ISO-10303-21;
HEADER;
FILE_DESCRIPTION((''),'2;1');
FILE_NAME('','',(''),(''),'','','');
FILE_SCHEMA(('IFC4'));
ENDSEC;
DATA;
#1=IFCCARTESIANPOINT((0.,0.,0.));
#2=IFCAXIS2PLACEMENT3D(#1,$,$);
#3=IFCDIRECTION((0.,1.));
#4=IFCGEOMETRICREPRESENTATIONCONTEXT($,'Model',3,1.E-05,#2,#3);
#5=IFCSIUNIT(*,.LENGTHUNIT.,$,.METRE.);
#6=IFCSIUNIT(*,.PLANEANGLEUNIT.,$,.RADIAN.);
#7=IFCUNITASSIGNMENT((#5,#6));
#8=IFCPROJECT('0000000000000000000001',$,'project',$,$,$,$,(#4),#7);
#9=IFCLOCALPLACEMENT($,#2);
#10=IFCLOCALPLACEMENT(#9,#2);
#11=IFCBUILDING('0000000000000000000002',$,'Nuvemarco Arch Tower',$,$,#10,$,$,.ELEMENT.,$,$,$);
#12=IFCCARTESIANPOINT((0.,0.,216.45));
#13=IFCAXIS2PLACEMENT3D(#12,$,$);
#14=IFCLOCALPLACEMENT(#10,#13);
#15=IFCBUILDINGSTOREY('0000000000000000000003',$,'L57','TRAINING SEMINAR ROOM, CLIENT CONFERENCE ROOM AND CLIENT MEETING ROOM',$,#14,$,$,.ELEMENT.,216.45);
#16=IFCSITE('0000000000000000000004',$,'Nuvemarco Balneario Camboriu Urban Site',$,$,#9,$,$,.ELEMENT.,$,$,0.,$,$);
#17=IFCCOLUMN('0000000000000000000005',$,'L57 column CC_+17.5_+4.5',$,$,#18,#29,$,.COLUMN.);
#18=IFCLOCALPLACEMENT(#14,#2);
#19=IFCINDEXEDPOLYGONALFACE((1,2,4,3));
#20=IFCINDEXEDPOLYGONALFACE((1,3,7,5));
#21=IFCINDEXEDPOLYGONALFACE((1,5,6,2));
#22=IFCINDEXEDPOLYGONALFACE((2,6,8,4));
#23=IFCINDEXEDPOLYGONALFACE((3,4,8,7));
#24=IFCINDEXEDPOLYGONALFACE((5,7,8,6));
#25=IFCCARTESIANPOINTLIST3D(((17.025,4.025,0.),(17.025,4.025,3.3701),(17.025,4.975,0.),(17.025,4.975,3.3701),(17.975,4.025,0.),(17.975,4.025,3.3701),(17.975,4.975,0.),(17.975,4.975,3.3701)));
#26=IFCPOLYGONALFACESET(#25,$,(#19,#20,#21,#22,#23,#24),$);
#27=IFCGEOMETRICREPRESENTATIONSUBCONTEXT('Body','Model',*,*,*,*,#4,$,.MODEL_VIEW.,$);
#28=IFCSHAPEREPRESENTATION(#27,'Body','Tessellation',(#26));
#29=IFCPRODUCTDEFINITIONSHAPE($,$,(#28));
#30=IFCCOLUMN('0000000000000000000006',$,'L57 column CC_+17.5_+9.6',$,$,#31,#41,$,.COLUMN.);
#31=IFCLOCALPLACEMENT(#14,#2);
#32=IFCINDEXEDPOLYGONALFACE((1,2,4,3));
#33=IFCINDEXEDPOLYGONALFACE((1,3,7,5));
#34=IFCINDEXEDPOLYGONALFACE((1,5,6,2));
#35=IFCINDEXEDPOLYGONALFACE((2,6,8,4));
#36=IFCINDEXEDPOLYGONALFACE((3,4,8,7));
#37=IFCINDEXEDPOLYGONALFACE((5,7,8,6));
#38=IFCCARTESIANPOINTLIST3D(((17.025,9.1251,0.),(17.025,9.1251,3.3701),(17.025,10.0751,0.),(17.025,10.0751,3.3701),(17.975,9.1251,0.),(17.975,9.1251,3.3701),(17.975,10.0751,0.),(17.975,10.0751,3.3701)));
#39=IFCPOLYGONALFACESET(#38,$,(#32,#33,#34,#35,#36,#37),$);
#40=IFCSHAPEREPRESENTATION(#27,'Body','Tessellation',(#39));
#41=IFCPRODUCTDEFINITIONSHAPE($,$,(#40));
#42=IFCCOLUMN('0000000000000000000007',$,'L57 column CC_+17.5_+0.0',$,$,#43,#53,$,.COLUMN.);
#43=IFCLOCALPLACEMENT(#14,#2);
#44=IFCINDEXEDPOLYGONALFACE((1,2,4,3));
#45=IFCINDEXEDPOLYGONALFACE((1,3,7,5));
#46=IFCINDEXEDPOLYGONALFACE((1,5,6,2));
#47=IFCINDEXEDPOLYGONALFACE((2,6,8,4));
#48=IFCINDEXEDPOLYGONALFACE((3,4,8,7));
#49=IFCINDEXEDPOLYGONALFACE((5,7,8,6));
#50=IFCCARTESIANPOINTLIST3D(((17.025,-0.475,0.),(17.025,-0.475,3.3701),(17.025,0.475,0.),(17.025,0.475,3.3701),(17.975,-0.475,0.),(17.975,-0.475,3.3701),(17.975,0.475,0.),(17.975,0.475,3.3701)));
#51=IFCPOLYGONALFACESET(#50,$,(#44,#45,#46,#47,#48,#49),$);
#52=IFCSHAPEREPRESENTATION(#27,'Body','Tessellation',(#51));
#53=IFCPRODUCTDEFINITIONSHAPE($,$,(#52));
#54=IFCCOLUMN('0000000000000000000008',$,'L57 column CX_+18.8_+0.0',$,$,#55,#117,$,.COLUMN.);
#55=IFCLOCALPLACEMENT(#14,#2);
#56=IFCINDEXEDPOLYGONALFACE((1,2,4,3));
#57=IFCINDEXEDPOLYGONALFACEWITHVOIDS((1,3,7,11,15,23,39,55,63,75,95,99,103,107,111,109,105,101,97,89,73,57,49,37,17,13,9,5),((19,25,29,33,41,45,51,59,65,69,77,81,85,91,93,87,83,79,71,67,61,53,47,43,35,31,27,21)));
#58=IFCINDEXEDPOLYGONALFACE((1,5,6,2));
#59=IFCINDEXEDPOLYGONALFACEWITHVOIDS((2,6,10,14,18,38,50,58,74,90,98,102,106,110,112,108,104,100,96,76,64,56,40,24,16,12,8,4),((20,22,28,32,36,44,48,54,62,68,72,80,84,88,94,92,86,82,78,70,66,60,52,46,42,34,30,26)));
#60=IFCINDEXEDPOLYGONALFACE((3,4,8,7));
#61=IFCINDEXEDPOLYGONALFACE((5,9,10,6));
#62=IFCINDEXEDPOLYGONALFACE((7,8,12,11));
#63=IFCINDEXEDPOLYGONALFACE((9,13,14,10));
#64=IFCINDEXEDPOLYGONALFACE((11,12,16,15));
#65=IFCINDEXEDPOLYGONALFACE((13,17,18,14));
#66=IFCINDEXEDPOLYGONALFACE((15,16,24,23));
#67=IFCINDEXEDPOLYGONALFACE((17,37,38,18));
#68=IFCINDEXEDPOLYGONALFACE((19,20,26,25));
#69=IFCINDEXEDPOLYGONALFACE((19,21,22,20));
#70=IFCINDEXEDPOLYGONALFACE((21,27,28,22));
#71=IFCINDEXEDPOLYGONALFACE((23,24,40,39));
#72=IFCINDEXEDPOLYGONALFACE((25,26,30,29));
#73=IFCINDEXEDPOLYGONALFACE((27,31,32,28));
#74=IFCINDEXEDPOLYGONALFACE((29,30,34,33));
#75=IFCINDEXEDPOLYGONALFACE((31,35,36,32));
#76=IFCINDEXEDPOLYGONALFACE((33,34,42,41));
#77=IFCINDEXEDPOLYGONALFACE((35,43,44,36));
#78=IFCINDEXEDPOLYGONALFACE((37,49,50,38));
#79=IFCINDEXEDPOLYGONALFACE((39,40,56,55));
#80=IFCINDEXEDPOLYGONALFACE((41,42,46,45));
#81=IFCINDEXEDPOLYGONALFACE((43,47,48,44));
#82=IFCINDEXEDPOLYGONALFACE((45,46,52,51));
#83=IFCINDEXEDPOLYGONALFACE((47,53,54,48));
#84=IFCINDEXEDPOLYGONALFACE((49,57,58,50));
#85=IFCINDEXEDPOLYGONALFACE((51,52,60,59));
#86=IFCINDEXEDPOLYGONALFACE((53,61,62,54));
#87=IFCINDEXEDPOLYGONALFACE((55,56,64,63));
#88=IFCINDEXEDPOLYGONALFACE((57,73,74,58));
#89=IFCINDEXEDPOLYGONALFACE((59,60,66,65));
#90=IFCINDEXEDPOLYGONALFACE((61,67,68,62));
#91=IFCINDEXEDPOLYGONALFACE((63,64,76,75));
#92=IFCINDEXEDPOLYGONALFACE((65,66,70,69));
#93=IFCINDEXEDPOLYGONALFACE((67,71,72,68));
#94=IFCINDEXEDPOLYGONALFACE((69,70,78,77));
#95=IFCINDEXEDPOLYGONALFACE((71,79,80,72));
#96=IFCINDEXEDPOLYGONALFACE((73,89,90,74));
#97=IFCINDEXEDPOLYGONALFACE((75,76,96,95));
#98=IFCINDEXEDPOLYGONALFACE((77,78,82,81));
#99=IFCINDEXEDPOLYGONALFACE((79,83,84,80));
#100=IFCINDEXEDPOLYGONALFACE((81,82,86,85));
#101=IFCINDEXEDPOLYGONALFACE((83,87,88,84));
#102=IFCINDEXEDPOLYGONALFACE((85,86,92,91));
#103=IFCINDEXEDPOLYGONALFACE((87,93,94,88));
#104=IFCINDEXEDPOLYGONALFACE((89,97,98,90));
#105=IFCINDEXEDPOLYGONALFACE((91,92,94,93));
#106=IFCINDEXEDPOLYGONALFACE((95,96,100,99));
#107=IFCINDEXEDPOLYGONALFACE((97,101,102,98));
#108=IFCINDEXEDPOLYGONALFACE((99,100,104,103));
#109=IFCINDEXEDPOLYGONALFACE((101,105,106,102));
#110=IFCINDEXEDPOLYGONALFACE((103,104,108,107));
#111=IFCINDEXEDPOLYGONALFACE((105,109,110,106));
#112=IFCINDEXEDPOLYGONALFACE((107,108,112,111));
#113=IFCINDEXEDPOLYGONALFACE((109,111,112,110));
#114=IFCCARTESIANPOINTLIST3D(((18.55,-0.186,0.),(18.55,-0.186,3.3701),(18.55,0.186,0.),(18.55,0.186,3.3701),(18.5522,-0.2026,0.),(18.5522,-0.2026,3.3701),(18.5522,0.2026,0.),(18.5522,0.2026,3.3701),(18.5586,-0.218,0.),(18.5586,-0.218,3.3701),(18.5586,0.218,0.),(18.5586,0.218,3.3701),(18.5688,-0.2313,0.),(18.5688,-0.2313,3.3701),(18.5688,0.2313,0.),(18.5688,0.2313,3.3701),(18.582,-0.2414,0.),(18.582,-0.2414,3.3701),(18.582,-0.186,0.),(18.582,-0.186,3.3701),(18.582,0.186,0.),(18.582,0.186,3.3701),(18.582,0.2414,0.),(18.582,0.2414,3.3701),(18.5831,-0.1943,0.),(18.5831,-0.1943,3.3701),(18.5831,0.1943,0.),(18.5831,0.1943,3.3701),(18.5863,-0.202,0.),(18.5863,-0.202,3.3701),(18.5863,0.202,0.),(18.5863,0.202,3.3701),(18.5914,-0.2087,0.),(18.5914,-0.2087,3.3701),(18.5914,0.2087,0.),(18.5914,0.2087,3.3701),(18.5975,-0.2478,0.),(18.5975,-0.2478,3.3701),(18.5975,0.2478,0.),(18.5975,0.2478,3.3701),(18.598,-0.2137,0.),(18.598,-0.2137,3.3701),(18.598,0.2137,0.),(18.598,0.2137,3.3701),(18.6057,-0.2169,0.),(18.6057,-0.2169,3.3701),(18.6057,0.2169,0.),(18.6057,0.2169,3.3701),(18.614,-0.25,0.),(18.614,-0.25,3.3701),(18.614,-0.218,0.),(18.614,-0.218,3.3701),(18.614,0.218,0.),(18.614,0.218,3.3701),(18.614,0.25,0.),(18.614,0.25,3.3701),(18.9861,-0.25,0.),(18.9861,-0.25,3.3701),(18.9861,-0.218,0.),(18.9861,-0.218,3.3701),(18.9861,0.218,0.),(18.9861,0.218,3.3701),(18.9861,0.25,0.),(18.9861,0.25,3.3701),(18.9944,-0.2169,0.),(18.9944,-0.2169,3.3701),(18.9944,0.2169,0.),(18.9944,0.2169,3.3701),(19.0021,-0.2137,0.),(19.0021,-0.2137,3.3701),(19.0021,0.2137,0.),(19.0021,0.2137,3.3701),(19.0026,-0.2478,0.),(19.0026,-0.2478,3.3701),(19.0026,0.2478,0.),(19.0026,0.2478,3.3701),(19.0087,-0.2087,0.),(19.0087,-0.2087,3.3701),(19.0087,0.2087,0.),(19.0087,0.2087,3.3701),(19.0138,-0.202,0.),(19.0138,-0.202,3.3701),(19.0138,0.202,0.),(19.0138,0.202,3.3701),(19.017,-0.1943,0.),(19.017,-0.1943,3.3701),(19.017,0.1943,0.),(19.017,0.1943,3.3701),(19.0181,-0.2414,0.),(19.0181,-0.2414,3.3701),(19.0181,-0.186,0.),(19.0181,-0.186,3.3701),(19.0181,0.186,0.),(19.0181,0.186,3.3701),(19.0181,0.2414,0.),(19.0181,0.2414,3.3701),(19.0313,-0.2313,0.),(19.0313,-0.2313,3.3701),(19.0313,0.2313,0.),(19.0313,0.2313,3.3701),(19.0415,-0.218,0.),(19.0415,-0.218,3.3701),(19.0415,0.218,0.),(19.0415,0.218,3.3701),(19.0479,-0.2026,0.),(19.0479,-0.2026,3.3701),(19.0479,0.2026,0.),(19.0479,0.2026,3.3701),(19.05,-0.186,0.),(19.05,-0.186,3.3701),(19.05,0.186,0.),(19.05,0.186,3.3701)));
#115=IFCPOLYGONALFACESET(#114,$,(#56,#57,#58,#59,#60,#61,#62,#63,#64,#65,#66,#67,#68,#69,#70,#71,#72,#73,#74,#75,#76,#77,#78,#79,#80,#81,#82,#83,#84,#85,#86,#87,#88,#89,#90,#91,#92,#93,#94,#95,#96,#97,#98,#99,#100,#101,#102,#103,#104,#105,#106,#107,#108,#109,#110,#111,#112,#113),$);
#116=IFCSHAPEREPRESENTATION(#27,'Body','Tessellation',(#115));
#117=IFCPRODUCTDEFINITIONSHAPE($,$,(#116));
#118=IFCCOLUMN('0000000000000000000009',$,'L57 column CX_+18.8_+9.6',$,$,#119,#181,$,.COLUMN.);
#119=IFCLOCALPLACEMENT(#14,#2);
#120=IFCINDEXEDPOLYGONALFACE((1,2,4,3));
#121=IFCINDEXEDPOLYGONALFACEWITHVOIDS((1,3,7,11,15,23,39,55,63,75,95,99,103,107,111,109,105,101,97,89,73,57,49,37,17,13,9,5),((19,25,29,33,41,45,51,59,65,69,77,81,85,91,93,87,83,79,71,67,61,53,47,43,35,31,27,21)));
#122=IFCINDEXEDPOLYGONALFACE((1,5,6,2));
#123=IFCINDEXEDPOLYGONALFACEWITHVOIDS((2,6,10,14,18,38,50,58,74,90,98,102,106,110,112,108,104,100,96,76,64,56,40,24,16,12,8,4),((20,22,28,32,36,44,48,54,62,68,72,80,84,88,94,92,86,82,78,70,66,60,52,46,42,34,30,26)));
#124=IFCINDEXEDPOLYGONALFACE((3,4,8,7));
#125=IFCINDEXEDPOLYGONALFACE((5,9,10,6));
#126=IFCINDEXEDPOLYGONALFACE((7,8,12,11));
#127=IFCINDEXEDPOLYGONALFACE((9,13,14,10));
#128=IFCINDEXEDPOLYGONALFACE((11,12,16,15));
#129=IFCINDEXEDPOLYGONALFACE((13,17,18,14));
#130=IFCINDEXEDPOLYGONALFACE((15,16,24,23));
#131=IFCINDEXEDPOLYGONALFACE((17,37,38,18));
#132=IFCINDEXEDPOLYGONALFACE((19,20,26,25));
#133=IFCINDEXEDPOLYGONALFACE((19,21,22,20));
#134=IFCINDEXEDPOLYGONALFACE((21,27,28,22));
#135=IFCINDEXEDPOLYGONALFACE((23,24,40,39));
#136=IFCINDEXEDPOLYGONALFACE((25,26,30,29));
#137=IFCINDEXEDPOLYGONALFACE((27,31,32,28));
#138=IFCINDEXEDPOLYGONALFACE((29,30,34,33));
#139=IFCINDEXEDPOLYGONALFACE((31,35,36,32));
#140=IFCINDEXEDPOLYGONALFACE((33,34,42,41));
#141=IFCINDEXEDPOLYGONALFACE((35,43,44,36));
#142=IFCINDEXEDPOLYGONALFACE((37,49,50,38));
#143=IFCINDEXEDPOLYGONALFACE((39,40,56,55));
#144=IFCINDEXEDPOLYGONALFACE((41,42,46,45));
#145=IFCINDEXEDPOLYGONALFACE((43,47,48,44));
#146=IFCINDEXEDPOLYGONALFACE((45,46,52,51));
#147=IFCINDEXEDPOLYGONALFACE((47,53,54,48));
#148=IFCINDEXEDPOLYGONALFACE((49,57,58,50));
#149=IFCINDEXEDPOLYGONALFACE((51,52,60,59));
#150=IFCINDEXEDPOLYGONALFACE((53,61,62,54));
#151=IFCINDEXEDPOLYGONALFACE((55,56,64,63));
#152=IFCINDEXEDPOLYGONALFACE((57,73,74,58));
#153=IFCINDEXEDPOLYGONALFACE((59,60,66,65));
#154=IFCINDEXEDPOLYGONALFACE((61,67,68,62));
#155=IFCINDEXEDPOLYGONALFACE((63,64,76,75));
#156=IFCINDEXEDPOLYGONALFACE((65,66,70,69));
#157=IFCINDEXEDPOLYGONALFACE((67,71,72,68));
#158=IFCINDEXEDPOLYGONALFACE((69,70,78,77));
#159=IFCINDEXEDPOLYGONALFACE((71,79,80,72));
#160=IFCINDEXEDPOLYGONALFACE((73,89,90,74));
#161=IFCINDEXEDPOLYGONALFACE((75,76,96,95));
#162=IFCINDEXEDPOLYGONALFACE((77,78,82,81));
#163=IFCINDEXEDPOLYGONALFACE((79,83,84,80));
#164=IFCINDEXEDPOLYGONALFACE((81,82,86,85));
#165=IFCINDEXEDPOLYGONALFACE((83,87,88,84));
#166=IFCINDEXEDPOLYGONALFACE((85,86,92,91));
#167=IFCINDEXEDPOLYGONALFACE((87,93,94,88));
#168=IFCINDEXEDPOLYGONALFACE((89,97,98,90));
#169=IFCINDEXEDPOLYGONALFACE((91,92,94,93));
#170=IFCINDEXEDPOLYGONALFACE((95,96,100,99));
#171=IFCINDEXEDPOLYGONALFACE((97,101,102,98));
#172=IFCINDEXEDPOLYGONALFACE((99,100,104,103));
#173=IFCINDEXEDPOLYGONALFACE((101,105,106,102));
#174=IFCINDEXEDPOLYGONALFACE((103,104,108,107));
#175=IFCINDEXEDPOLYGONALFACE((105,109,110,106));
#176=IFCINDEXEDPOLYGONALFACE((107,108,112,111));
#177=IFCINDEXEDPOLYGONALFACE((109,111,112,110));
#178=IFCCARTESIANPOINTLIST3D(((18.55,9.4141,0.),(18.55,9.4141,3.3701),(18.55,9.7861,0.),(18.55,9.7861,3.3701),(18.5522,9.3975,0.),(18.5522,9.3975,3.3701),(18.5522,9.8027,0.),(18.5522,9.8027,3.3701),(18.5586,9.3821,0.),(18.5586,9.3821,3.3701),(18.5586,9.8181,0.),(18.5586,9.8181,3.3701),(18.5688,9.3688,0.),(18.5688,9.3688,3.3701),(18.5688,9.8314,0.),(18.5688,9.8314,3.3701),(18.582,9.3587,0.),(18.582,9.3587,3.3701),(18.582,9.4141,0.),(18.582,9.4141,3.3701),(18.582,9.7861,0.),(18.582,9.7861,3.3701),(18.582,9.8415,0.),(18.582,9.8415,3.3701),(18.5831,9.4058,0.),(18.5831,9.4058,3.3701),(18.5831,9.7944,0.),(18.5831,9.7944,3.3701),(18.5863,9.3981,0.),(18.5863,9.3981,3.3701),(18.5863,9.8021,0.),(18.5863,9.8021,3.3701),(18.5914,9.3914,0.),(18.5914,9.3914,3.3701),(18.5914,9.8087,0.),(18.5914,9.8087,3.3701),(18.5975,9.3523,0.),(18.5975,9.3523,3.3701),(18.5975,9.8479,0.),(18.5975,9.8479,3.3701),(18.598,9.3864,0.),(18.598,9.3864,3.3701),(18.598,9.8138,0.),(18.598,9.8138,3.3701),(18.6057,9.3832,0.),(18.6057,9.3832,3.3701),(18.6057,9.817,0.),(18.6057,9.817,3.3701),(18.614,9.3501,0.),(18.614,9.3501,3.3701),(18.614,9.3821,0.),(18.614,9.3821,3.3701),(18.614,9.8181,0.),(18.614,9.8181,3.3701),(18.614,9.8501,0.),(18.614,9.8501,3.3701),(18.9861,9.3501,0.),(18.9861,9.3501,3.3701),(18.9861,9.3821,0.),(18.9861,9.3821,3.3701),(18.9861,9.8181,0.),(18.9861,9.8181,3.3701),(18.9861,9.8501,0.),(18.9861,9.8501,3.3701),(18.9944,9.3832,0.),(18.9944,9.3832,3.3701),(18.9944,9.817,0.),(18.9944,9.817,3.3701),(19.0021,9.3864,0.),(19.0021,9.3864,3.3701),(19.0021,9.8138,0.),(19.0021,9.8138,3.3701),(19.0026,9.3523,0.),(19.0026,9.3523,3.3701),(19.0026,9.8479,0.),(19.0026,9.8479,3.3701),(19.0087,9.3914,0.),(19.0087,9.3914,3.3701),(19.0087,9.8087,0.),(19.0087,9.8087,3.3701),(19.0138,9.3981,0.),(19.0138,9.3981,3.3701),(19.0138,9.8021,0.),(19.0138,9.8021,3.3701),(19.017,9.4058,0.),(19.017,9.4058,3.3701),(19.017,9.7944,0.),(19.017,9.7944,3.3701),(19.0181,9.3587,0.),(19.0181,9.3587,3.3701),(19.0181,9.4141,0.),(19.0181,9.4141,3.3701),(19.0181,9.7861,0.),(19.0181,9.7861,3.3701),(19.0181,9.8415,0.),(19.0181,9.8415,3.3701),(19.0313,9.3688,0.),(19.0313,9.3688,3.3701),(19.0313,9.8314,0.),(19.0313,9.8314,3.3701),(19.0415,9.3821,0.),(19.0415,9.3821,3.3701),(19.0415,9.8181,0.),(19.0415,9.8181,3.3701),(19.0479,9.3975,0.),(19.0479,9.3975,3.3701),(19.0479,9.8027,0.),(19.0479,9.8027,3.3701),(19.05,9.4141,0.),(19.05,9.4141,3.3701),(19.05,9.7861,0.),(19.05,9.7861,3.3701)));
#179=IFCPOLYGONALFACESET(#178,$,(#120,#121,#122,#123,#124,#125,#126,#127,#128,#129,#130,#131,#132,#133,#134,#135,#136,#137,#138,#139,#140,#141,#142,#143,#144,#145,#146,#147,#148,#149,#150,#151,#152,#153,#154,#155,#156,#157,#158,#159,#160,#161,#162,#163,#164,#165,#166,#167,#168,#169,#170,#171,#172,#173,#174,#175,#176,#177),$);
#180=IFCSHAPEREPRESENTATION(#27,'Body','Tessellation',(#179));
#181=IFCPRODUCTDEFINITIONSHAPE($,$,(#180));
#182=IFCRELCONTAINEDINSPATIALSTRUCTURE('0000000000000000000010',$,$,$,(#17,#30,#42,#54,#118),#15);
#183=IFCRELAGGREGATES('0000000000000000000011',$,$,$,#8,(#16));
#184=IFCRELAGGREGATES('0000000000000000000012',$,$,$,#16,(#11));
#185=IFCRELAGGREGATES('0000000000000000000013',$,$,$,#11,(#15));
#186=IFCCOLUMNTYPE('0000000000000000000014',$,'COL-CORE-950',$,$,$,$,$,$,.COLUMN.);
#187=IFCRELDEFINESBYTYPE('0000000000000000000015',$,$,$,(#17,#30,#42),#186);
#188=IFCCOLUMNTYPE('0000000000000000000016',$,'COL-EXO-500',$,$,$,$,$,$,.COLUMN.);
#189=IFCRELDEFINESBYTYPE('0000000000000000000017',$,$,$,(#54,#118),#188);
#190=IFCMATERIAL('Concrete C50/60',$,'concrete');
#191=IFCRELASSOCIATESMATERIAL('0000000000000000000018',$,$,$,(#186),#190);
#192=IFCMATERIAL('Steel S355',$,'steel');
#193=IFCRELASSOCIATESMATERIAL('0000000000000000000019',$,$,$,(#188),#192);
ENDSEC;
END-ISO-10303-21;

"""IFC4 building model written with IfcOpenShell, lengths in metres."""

from ifc_helpers import new_model, si_unit, direction, frame, origin, origin_2d, place, context, subcontext, project, spatial, rectangle, hollow_rectangle, extrude, material, material_profile, profile_set, type_object, element, save


model = new_model("IFC4")

# Units and contexts
model_context = context("Model", 3, precision=1e-05, world=origin(), true_north=direction((0.0, 1.0)))
body_context = subcontext(model_context, "Body", "Model", "MODEL_VIEW")
ifc_project = project(units=[si_unit("LENGTHUNIT", "METRE"), si_unit("PLANEANGLEUNIT", "RADIAN")], contexts=[model_context])

# Site, building, storey
site_placement = place(None, origin())
site = spatial("IfcSite", under=ifc_project, at=site_placement, Name="Nuvemarco Balneario Camboriu Urban Site", CompositionType="ELEMENT", RefElevation=0.0)
building_placement = place(site_placement, origin())
building = spatial("IfcBuilding", under=site, at=building_placement, Name="Nuvemarco Arch Tower", CompositionType="ELEMENT")
storey_placement = place(building_placement, frame((0.0, 0.0, 216.45)))
storey = spatial("IfcBuildingStorey", under=building, at=storey_placement, Name="L57", Description="TRAINING SEMINAR ROOM, CLIENT CONFERENCE ROOM AND CLIENT MEETING ROOM", CompositionType="ELEMENT", Elevation=216.45)

# Columns
ifc_material_1 = material(Name="Concrete C50/60", Category="concrete")
ifc_material_profile_1 = material_profile(ifc_material_1, rectangle(XDim=0.95, YDim=0.95, at=origin_2d()), Name="RC-COL-950x950")
ifc_profile_set_1 = profile_set([ifc_material_profile_1], Name="Concrete C50/60")
column_type_1 = type_object("IfcColumnType", Name="COL-CORE-950", PredefinedType="COLUMN", material=ifc_profile_set_1)
for number, where, z_axis, x_axis, name in (
    (1, (17.5, 4.5, 0.0), (0.0, 0.0, 1.0), (1.0, 0.0, 0.0), "L57 column CC_+17.5_+4.5"),
    (2, (17.5, 9.6001, 0.0), (0.0, 0.0, 1.0), (1.0, 0.0, 0.0), "L57 column CC_+17.5_+9.6"),
    (3, (17.5, 0.0, 0.0), (0.0, 0.0, 1.0), (1.0, 0.0, 0.0), "L57 column CC_+17.5_+0.0"),
):
    element("IfcColumn", number, at=place(storey_placement, frame(where, z_axis=z_axis, x_axis=x_axis)), inside=storey, type_object=column_type_1, Name=name, PredefinedType="COLUMN", context=body_context, shape_type="SweptSolid", body=[
        extrude(rectangle(XDim=0.95, YDim=0.95, at=origin_2d()), origin(), (0.0, 0.0, 1.0), 3.3701),
    ])
ifc_material_2 = material(Name="Steel S355", Category="steel")
ifc_material_profile_2 = material_profile(ifc_material_2, hollow_rectangle(XDim=0.5, YDim=0.5, WallThickness=0.032, InnerFilletRadius=0.032, OuterFilletRadius=0.064, at=origin_2d()), Name="SHS500x500x32")
ifc_profile_set_2 = profile_set([ifc_material_profile_2], Name="Steel S355")
column_type_2 = type_object("IfcColumnType", Name="COL-EXO-500", PredefinedType="COLUMN", material=ifc_profile_set_2)
for number, where, z_axis, x_axis, name in (
    (4, (18.8, 0.0, 0.0), (0.0, 0.0, 1.0), (1.0, 0.0, 0.0), "L57 column CX_+18.8_+0.0"),
    (5, (18.8, 9.6001, 0.0), (0.0, 0.0, 1.0), (1.0, 0.0, 0.0), "L57 column CX_+18.8_+9.6"),
):
    element("IfcColumn", number, at=place(storey_placement, frame(where, z_axis=z_axis, x_axis=x_axis)), inside=storey, type_object=column_type_2, Name=name, PredefinedType="COLUMN", context=body_context, shape_type="SweptSolid", body=[
        extrude(hollow_rectangle(XDim=0.5, YDim=0.5, WallThickness=0.032, InnerFilletRadius=0.032, OuterFilletRadius=0.064, at=origin_2d()), origin(), (0.0, 0.0, 1.0), 3.3701),
    ])

save(model, "model.ifc")
